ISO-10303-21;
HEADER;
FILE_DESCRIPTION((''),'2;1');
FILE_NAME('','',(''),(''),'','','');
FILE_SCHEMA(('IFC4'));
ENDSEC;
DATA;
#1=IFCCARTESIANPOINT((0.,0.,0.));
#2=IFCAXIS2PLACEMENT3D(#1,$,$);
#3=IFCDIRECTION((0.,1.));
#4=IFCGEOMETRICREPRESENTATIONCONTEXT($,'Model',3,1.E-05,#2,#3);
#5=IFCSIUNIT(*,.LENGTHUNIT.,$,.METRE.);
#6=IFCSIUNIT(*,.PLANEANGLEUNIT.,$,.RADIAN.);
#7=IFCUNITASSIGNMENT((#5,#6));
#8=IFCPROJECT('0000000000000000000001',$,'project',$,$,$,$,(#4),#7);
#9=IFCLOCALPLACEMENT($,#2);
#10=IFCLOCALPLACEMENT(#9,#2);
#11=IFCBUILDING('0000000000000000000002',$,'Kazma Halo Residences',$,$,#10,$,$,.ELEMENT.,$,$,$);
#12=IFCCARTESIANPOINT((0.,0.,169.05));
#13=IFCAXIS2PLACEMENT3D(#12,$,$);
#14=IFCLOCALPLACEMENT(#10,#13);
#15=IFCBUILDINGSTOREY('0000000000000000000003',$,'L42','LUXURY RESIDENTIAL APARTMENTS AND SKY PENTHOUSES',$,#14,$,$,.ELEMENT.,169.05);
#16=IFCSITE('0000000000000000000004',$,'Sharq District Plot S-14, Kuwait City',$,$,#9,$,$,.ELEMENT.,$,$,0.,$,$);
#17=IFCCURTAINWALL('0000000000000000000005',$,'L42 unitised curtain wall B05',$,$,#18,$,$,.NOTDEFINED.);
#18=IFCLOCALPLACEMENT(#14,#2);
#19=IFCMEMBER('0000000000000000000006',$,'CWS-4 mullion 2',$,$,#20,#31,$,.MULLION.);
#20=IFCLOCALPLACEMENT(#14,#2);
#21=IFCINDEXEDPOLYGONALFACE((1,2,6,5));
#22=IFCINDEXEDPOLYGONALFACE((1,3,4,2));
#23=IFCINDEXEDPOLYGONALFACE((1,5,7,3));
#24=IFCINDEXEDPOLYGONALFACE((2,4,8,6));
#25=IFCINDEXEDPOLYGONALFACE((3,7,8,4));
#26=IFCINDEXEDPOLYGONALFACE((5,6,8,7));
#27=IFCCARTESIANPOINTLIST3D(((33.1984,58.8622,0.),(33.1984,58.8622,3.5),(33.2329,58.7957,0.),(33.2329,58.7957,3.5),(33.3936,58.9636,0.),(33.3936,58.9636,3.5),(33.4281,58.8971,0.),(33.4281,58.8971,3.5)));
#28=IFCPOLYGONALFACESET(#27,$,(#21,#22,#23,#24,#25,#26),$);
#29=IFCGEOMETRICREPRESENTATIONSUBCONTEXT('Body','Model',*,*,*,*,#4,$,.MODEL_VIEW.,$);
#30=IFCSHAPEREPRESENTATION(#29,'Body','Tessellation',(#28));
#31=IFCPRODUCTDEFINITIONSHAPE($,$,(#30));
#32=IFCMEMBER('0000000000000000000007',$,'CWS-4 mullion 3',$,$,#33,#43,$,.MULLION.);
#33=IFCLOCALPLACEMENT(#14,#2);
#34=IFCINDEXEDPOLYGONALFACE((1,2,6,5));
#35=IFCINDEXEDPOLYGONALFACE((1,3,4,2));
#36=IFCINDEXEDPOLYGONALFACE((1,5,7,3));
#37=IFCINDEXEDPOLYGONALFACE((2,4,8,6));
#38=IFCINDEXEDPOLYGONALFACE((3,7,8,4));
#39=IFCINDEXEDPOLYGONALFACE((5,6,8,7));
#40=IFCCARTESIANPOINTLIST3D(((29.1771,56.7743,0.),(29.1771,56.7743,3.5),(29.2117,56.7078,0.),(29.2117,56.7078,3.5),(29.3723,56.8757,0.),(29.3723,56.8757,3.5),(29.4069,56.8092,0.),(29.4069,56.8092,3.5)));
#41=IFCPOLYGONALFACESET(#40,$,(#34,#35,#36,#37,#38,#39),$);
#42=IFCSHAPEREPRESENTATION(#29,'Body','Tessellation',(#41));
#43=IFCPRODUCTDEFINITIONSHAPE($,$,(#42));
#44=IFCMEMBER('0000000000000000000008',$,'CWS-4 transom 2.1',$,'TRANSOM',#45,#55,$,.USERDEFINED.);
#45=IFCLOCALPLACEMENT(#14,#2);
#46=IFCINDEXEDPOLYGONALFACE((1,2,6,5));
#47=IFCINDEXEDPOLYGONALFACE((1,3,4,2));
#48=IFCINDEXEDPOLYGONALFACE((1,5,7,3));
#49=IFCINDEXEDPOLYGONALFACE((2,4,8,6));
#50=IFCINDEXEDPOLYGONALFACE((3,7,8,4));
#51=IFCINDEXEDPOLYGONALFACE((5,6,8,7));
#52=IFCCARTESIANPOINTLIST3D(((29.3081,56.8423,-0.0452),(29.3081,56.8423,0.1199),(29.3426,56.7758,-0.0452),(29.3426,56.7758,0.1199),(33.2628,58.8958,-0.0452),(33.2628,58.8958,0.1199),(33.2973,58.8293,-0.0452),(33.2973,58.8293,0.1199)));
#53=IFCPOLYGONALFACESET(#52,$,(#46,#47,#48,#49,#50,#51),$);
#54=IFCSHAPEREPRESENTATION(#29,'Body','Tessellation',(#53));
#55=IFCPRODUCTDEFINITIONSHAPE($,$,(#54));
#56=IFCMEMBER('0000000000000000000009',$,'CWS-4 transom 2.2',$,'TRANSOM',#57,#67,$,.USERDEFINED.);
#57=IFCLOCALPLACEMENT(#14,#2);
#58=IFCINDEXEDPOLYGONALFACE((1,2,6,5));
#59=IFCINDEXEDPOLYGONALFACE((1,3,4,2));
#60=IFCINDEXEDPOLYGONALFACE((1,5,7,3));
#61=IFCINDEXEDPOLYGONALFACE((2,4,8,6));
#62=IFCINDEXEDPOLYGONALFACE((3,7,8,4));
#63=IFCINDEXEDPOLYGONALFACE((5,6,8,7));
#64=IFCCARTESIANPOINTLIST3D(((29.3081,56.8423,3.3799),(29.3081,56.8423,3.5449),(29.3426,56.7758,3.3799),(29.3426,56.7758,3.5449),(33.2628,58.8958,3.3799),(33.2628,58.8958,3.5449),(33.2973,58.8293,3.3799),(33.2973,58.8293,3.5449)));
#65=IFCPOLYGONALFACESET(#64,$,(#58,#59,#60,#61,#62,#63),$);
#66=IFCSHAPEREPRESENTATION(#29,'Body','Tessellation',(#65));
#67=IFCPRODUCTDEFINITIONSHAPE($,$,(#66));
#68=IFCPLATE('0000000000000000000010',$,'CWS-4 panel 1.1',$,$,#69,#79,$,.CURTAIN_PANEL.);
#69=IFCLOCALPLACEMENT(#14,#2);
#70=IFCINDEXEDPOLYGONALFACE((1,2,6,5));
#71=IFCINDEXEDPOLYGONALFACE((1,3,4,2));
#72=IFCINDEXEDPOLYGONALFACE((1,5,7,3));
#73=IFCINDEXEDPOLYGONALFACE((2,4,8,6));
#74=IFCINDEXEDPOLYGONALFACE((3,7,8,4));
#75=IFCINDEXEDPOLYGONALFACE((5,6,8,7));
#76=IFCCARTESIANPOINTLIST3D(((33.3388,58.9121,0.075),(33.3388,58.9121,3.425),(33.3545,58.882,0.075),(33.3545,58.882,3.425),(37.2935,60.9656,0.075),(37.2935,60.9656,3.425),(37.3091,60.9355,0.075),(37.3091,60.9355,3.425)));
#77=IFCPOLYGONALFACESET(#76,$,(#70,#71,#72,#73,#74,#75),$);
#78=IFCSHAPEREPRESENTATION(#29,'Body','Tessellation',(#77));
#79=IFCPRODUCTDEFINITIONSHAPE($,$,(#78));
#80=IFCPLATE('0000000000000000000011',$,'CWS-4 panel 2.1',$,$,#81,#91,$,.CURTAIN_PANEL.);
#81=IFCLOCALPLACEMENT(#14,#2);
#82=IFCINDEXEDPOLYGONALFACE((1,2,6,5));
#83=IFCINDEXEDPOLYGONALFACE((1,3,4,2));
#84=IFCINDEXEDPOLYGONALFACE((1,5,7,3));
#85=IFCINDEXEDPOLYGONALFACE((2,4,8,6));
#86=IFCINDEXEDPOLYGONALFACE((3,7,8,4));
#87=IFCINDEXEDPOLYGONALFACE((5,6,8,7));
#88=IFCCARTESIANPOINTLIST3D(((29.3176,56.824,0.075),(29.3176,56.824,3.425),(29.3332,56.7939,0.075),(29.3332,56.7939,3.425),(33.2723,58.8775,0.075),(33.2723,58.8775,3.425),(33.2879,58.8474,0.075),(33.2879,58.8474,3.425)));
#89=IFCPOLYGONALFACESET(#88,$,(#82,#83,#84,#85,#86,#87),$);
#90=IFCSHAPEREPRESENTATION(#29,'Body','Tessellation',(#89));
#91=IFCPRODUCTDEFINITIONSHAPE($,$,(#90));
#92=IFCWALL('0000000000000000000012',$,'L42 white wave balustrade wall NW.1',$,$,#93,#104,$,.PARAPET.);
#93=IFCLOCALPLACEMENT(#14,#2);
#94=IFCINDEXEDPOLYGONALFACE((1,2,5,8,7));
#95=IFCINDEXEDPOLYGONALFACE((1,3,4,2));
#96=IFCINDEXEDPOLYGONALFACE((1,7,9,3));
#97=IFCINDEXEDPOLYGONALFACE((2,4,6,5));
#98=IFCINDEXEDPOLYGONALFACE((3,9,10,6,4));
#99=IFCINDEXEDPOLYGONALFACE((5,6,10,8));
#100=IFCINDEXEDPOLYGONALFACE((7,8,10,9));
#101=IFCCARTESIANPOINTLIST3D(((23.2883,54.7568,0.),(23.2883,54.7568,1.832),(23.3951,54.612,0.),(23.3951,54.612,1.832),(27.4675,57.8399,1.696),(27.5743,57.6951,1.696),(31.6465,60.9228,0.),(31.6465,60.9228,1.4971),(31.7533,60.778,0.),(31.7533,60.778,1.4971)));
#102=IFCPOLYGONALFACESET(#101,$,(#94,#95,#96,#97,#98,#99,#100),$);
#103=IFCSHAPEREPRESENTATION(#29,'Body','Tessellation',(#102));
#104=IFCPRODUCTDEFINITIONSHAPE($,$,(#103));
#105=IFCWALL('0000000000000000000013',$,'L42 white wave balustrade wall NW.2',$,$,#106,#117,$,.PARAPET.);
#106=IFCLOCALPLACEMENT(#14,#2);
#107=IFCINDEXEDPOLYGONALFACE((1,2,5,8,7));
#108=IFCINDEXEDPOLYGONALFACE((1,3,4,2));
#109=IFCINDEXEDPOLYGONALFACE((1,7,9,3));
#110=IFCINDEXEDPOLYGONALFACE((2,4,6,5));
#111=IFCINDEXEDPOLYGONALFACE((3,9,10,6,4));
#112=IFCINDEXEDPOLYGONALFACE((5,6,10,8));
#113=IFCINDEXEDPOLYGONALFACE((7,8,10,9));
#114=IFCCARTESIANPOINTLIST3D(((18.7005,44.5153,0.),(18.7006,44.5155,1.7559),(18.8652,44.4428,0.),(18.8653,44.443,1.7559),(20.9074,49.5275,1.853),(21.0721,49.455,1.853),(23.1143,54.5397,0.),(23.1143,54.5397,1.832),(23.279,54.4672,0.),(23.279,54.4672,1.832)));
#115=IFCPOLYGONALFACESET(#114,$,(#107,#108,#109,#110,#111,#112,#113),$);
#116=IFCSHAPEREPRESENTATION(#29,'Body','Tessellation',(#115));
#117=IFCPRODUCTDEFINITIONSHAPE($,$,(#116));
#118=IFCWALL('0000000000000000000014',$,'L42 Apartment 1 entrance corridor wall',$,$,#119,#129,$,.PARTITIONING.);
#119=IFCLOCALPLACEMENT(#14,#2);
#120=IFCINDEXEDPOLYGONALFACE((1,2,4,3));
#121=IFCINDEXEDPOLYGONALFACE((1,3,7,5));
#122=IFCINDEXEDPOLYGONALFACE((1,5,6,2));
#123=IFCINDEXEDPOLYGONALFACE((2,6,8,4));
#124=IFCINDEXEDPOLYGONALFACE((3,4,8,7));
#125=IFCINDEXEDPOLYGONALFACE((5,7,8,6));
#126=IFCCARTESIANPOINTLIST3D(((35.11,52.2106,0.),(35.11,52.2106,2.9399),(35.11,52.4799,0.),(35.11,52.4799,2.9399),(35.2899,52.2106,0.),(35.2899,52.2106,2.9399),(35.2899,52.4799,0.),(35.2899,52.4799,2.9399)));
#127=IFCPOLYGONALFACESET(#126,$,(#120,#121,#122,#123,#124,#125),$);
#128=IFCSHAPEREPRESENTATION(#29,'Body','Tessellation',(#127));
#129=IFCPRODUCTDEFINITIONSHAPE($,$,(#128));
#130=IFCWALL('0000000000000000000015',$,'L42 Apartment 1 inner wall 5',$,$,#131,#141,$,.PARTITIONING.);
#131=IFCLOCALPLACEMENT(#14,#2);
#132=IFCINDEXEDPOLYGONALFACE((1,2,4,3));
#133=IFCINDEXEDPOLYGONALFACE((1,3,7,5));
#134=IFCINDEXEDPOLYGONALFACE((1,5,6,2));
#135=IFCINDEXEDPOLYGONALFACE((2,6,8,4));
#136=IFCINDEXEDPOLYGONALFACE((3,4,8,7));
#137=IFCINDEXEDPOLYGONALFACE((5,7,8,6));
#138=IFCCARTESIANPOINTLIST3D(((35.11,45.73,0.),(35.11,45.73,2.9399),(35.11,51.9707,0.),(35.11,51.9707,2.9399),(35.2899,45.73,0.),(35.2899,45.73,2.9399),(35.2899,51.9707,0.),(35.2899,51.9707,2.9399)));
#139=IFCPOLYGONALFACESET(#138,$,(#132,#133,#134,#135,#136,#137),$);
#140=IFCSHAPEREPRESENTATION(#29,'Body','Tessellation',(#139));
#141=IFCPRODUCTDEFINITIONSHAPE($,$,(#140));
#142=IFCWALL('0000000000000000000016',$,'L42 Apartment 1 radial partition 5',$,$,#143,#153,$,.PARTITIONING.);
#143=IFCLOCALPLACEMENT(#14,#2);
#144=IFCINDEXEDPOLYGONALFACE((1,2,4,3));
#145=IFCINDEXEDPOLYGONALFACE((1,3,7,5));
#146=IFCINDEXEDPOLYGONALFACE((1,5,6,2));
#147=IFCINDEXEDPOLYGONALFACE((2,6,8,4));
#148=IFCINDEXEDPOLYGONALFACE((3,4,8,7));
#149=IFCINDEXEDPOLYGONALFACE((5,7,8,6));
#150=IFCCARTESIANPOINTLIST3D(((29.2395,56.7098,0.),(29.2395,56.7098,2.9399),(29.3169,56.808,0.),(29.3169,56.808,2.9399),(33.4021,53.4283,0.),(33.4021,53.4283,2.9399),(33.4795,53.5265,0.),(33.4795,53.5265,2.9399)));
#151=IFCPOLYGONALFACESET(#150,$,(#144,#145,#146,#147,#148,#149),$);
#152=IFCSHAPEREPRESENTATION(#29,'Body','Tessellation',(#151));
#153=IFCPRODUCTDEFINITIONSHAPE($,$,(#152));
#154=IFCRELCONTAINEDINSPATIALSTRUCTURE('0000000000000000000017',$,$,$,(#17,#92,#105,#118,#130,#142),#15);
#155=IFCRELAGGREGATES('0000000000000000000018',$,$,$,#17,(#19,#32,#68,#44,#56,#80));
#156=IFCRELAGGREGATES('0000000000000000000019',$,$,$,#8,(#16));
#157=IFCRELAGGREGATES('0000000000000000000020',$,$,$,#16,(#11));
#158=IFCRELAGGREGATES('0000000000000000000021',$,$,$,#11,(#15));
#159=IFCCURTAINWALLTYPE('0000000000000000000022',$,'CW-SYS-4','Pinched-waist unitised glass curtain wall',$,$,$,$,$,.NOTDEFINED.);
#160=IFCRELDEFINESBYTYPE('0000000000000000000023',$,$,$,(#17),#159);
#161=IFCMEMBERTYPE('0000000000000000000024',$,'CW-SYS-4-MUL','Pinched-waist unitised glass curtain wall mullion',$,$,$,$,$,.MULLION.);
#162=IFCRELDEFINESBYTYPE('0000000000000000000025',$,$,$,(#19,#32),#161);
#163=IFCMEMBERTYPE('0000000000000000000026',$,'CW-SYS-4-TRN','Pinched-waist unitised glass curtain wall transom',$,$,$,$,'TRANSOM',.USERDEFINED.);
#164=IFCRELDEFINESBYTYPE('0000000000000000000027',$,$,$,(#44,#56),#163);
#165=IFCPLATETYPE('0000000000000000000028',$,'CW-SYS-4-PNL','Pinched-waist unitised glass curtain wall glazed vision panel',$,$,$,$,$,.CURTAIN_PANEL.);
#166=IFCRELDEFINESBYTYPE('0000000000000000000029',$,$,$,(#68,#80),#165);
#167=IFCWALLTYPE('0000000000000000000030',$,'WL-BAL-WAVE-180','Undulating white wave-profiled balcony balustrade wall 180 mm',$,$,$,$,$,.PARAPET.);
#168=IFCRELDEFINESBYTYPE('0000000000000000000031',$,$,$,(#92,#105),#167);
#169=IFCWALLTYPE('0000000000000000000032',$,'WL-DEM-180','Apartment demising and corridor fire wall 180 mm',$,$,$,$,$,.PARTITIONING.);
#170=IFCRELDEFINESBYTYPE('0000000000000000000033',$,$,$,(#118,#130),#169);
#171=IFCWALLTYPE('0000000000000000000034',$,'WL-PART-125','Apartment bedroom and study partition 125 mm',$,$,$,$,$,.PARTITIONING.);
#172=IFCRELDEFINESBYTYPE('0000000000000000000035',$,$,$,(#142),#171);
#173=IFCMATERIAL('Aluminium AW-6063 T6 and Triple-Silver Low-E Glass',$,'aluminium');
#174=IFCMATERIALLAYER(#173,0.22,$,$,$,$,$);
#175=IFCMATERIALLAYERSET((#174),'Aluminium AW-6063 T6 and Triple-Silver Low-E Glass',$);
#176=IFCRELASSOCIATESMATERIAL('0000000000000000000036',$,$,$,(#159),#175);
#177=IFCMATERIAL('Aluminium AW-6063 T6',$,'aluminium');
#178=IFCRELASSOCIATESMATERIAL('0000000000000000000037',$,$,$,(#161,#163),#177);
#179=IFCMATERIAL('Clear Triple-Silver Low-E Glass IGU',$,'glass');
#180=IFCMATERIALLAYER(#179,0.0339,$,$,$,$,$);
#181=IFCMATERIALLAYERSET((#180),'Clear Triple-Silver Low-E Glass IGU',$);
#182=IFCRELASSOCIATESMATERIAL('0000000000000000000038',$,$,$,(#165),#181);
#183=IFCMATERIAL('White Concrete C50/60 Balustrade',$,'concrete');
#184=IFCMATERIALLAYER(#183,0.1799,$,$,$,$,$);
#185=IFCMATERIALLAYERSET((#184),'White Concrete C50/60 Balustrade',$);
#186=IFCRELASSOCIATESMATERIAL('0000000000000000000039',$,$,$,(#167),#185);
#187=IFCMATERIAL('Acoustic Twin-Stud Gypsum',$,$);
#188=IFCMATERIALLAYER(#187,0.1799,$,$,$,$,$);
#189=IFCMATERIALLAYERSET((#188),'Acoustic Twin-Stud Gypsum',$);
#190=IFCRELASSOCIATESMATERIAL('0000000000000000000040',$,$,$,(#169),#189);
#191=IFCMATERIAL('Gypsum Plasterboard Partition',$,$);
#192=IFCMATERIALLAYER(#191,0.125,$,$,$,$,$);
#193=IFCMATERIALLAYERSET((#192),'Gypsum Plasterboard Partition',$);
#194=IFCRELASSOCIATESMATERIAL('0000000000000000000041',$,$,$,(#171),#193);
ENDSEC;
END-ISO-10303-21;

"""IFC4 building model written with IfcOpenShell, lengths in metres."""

from ifc_helpers import new_model, si_unit, direction, frame, frame_2d, origin, origin_2d, place, context, subcontext, project, spatial, polyline, rectangle, outline, extrude, material, layer, layer_set, material_profile, profile_set, type_object, element, aggregate, save


model = new_model("IFC4")

# Units and contexts
model_context = context("Model", 3, precision=1e-05, world=origin(), true_north=direction((0.0, 1.0)))
body_context = subcontext(model_context, "Body", "Model", "MODEL_VIEW")
ifc_project = project(units=[si_unit("LENGTHUNIT", "METRE"), si_unit("PLANEANGLEUNIT", "RADIAN")], contexts=[model_context])

# Site, building, storey
site_placement = place(None, origin())
site = spatial("IfcSite", under=ifc_project, at=site_placement, Name="Sharq District Plot S-14, Kuwait City", CompositionType="ELEMENT", RefElevation=0.0)
building_placement = place(site_placement, origin())
building = spatial("IfcBuilding", under=site, at=building_placement, Name="Kazma Halo Residences", CompositionType="ELEMENT")
storey_placement = place(building_placement, frame((0.0, 0.0, 169.05)))
storey = spatial("IfcBuildingStorey", under=building, at=storey_placement, Name="L42", Description="LUXURY RESIDENTIAL APARTMENTS AND SKY PENTHOUSES", CompositionType="ELEMENT", Elevation=169.05)

# Curtain wall, members, plates
ifc_material_1 = material(Name="Aluminium AW-6063 T6 and Triple-Silver Low-E Glass", Category="aluminium")
ifc_layer_1 = layer(ifc_material_1, 0.22)
ifc_layer_set_1 = layer_set([ifc_layer_1], Name="Aluminium AW-6063 T6 and Triple-Silver Low-E Glass")
curtain_wall_type = type_object("IfcCurtainWallType", Name="CW-SYS-4", Description="Pinched-waist unitised glass curtain wall", PredefinedType="NOTDEFINED", material=ifc_layer_set_1)
curtain_wall_placement = place(storey_placement, origin())
curtain_wall = element("IfcCurtainWall", 1, at=curtain_wall_placement, inside=storey, type_object=curtain_wall_type, Name="L42 unitised curtain wall B05", PredefinedType="NOTDEFINED")
ifc_material_2 = material(Name="Aluminium AW-6063 T6", Category="aluminium")
ifc_material_profile_1 = material_profile(ifc_material_2, rectangle(XDim=0.075, YDim=0.22, at=origin_2d()), Name="CWM-75x220")
ifc_profile_set_1 = profile_set([ifc_material_profile_1], Name="Aluminium AW-6063 T6")
member_type_1 = type_object("IfcMemberType", Name="CW-SYS-4-MUL", Description="Pinched-waist unitised glass curtain wall mullion", PredefinedType="MULLION", material=ifc_profile_set_1)
member_1_placement = place(storey_placement, frame((33.3132, 58.8796, 0.0), z_axis=(0.0, 0.0, 1.0), x_axis=(0.460837, -0.887485, 0.0)))
member_1 = element("IfcMember", 2, at=member_1_placement, type_object=member_type_1, Name="CWS-4 mullion 2", PredefinedType="MULLION", context=body_context, shape_type="SweptSolid", body=[
    extrude(rectangle(XDim=0.075, YDim=0.22, at=origin_2d()), origin(), (0.0, 0.0, 1.0), 3.5),
])
member_2_placement = place(storey_placement, frame((29.292, 56.7917, 0.0), z_axis=(0.0, 0.0, 1.0), x_axis=(0.460837, -0.887485, 0.0)))
member_2 = element("IfcMember", 3, at=member_2_placement, type_object=member_type_1, Name="CWS-4 mullion 3", PredefinedType="MULLION", context=body_context, shape_type="SweptSolid", body=[
    extrude(rectangle(XDim=0.075, YDim=0.22, at=origin_2d()), origin(), (0.0, 0.0, 1.0), 3.5),
])
ifc_material_profile_2 = material_profile(ifc_material_2, rectangle(XDim=0.075, YDim=0.165, at=origin_2d()), Name="CWT-75x165")
ifc_profile_set_2 = profile_set([ifc_material_profile_2], Name="Aluminium AW-6063 T6")
member_type_2 = type_object("IfcMemberType", Name="CW-SYS-4-TRN", Description="Pinched-waist unitised glass curtain wall transom", ElementType="TRANSOM", PredefinedType="USERDEFINED", material=ifc_profile_set_2)
member_3_placement = place(storey_placement, frame((33.28, 58.8625, 0.0374), z_axis=(-0.887485, -0.460837, 0.0), x_axis=(0.460837, -0.887485, 0.0)))
member_3 = element("IfcMember", 4, at=member_3_placement, type_object=member_type_2, Name="CWS-4 transom 2.1", ObjectType="TRANSOM", PredefinedType="USERDEFINED", context=body_context, shape_type="SweptSolid", body=[
    extrude(rectangle(XDim=0.075, YDim=0.165, at=origin_2d()), origin(), (0.0, 0.0, 1.0), 4.4561),
])
member_4_placement = place(storey_placement, frame((33.28, 58.8625, 3.4624), z_axis=(-0.887485, -0.460837, 0.0), x_axis=(0.460837, -0.887485, 0.0)))
member_4 = element("IfcMember", 5, at=member_4_placement, type_object=member_type_2, Name="CWS-4 transom 2.2", ObjectType="TRANSOM", PredefinedType="USERDEFINED", context=body_context, shape_type="SweptSolid", body=[
    extrude(rectangle(XDim=0.075, YDim=0.165, at=origin_2d()), origin(), (0.0, 0.0, 1.0), 4.4561),
])
ifc_material_3 = material(Name="Clear Triple-Silver Low-E Glass IGU", Category="glass")
ifc_layer_2 = layer(ifc_material_3, 0.0339)
ifc_layer_set_2 = layer_set([ifc_layer_2], Name="Clear Triple-Silver Low-E Glass IGU")
plate_type = type_object("IfcPlateType", Name="CW-SYS-4-PNL", Description="Pinched-waist unitised glass curtain wall glazed vision panel", PredefinedType="CURTAIN_PANEL", material=ifc_layer_set_2)
plate_1_placement = place(storey_placement, frame((35.324, 59.9238, 0.075), z_axis=(0.0, 0.0, 1.0), x_axis=(-0.887485, -0.460837, 0.0)))
plate_1 = element("IfcPlate", 6, at=plate_1_placement, type_object=plate_type, Name="CWS-4 panel 1.1", PredefinedType="CURTAIN_PANEL", context=body_context, shape_type="SweptSolid", body=[
    extrude(rectangle(XDim=4.4561, YDim=0.0339, at=origin_2d()), origin(), (0.0, 0.0, 1.0), 3.3501),
])
plate_2_placement = place(storey_placement, frame((31.3027, 57.8357, 0.075), z_axis=(0.0, 0.0, 1.0), x_axis=(-0.887485, -0.460837, 0.0)))
plate_2 = element("IfcPlate", 7, at=plate_2_placement, type_object=plate_type, Name="CWS-4 panel 2.1", PredefinedType="CURTAIN_PANEL", context=body_context, shape_type="SweptSolid", body=[
    extrude(rectangle(XDim=4.4561, YDim=0.0339, at=origin_2d()), origin(), (0.0, 0.0, 1.0), 3.3501),
])
aggregate(curtain_wall, [member_1, member_2, plate_1, member_3, member_4, plate_2])

# Walls
ifc_material_4 = material(Name="White Concrete C50/60 Balustrade", Category="concrete")
ifc_layer_3 = layer(ifc_material_4, 0.1799)
ifc_layer_set_3 = layer_set([ifc_layer_3], Name="White Concrete C50/60 Balustrade")
wall_type_1 = type_object("IfcWallType", Name="WL-BAL-WAVE-180", Description="Undulating white wave-profiled balcony balustrade wall 180 mm", PredefinedType="PARAPET", material=ifc_layer_set_3)
wall_1_placement = place(storey_placement, frame((31.7, 60.8503, 0.0), z_axis=(0.0, 0.0, 1.0), x_axis=(-0.804717, -0.593659, 0.0)))
element("IfcWall", 8, at=wall_1_placement, inside=storey, type_object=wall_type_1, Name="L42 white wave balustrade wall NW.1", PredefinedType="PARAPET", context=body_context, shape_type="SweptSolid", body=[
    extrude(outline(polyline([(0.0, 0.0), (10.3865, 0.0), (10.3865, 1.832), (5.1931, 1.696), (0.0, 1.4971), (0.0, 0.0)])), frame((0.0, 0.0898, 0.0), z_axis=(0.0, -1.0, 0.0), x_axis=(1.0, 0.0, 0.0)), (0.0, 0.0, 1.0), 0.1799),
])
wall_2_placement = place(storey_placement, frame((23.1968, 54.5034, 0.0), z_axis=(0.0, 0.0, 1.0), x_axis=(-0.402974, -0.915211, 0.0)))
element("IfcWall", 9, at=wall_2_placement, inside=storey, type_object=wall_type_1, Name="L42 white wave balustrade wall NW.2", PredefinedType="PARAPET", context=body_context, shape_type="SweptSolid", body=[
    extrude(outline(polyline([(0.0, 0.0), (10.9531, 0.0), (10.9529, 1.7559), (5.4766, 1.853), (0.0, 1.832), (0.0, 0.0)])), frame((0.0, 0.0898, 0.0), z_axis=(0.0, -1.0, 0.0), x_axis=(1.0, 0.0, 0.0)), (0.0, 0.0, 1.0), 0.1799),
])
ifc_material_5 = material(Name="Acoustic Twin-Stud Gypsum")
ifc_layer_4 = layer(ifc_material_5, 0.1799)
ifc_layer_set_4 = layer_set([ifc_layer_4], Name="Acoustic Twin-Stud Gypsum")
wall_type_2 = type_object("IfcWallType", Name="WL-DEM-180", Description="Apartment demising and corridor fire wall 180 mm", PredefinedType="PARTITIONING", material=ifc_layer_set_4)
wall_3_placement = place(storey_placement, frame((35.2, 52.48, 0.0), z_axis=(0.0, 0.0, 1.0), x_axis=(0.0, -1.0, 0.0)))
element("IfcWall", 10, at=wall_3_placement, inside=storey, type_object=wall_type_2, Name="L42 Apartment 1 entrance corridor wall", PredefinedType="PARTITIONING", context=body_context, shape_type="SweptSolid", body=[
    extrude(rectangle(XDim=0.2693, YDim=0.1799, at=frame_2d((0.1348, 0.0))), origin(), (0.0, 0.0, 1.0), 2.9399),
])
wall_4_placement = place(storey_placement, frame((35.2, 51.9707, 0.0), z_axis=(0.0, 0.0, 1.0), x_axis=(0.0, -1.0, 0.0)))
element("IfcWall", 11, at=wall_4_placement, inside=storey, type_object=wall_type_2, Name="L42 Apartment 1 inner wall 5", PredefinedType="PARTITIONING", context=body_context, shape_type="SweptSolid", body=[
    extrude(rectangle(XDim=6.2407, YDim=0.1799, at=frame_2d((3.1204, 0.0))), origin(), (0.0, 0.0, 1.0), 2.9399),
])

# Wall
ifc_material_6 = material(Name="Gypsum Plasterboard Partition")
ifc_layer_5 = layer(ifc_material_6, 0.125)
ifc_layer_set_5 = layer_set([ifc_layer_5], Name="Gypsum Plasterboard Partition")
wall_type_3 = type_object("IfcWallType", Name="WL-PART-125", Description="Apartment bedroom and study partition 125 mm", PredefinedType="PARTITIONING", material=ifc_layer_set_5)
wall_5_placement = place(storey_placement, frame((33.4409, 53.4773, 0.0), z_axis=(0.0, 0.0, 1.0), x_axis=(-0.78532, 0.61909, 0.0)))
element("IfcWall", 12, at=wall_5_placement, inside=storey, type_object=wall_type_3, Name="L42 Apartment 1 radial partition 5", PredefinedType="PARTITIONING", context=body_context, shape_type="SweptSolid", body=[
    extrude(rectangle(XDim=5.3005, YDim=0.125, at=frame_2d((2.6504, 0.0))), origin(), (0.0, 0.0, 1.0), 2.9399),
])

save(model, "model.ifc")
